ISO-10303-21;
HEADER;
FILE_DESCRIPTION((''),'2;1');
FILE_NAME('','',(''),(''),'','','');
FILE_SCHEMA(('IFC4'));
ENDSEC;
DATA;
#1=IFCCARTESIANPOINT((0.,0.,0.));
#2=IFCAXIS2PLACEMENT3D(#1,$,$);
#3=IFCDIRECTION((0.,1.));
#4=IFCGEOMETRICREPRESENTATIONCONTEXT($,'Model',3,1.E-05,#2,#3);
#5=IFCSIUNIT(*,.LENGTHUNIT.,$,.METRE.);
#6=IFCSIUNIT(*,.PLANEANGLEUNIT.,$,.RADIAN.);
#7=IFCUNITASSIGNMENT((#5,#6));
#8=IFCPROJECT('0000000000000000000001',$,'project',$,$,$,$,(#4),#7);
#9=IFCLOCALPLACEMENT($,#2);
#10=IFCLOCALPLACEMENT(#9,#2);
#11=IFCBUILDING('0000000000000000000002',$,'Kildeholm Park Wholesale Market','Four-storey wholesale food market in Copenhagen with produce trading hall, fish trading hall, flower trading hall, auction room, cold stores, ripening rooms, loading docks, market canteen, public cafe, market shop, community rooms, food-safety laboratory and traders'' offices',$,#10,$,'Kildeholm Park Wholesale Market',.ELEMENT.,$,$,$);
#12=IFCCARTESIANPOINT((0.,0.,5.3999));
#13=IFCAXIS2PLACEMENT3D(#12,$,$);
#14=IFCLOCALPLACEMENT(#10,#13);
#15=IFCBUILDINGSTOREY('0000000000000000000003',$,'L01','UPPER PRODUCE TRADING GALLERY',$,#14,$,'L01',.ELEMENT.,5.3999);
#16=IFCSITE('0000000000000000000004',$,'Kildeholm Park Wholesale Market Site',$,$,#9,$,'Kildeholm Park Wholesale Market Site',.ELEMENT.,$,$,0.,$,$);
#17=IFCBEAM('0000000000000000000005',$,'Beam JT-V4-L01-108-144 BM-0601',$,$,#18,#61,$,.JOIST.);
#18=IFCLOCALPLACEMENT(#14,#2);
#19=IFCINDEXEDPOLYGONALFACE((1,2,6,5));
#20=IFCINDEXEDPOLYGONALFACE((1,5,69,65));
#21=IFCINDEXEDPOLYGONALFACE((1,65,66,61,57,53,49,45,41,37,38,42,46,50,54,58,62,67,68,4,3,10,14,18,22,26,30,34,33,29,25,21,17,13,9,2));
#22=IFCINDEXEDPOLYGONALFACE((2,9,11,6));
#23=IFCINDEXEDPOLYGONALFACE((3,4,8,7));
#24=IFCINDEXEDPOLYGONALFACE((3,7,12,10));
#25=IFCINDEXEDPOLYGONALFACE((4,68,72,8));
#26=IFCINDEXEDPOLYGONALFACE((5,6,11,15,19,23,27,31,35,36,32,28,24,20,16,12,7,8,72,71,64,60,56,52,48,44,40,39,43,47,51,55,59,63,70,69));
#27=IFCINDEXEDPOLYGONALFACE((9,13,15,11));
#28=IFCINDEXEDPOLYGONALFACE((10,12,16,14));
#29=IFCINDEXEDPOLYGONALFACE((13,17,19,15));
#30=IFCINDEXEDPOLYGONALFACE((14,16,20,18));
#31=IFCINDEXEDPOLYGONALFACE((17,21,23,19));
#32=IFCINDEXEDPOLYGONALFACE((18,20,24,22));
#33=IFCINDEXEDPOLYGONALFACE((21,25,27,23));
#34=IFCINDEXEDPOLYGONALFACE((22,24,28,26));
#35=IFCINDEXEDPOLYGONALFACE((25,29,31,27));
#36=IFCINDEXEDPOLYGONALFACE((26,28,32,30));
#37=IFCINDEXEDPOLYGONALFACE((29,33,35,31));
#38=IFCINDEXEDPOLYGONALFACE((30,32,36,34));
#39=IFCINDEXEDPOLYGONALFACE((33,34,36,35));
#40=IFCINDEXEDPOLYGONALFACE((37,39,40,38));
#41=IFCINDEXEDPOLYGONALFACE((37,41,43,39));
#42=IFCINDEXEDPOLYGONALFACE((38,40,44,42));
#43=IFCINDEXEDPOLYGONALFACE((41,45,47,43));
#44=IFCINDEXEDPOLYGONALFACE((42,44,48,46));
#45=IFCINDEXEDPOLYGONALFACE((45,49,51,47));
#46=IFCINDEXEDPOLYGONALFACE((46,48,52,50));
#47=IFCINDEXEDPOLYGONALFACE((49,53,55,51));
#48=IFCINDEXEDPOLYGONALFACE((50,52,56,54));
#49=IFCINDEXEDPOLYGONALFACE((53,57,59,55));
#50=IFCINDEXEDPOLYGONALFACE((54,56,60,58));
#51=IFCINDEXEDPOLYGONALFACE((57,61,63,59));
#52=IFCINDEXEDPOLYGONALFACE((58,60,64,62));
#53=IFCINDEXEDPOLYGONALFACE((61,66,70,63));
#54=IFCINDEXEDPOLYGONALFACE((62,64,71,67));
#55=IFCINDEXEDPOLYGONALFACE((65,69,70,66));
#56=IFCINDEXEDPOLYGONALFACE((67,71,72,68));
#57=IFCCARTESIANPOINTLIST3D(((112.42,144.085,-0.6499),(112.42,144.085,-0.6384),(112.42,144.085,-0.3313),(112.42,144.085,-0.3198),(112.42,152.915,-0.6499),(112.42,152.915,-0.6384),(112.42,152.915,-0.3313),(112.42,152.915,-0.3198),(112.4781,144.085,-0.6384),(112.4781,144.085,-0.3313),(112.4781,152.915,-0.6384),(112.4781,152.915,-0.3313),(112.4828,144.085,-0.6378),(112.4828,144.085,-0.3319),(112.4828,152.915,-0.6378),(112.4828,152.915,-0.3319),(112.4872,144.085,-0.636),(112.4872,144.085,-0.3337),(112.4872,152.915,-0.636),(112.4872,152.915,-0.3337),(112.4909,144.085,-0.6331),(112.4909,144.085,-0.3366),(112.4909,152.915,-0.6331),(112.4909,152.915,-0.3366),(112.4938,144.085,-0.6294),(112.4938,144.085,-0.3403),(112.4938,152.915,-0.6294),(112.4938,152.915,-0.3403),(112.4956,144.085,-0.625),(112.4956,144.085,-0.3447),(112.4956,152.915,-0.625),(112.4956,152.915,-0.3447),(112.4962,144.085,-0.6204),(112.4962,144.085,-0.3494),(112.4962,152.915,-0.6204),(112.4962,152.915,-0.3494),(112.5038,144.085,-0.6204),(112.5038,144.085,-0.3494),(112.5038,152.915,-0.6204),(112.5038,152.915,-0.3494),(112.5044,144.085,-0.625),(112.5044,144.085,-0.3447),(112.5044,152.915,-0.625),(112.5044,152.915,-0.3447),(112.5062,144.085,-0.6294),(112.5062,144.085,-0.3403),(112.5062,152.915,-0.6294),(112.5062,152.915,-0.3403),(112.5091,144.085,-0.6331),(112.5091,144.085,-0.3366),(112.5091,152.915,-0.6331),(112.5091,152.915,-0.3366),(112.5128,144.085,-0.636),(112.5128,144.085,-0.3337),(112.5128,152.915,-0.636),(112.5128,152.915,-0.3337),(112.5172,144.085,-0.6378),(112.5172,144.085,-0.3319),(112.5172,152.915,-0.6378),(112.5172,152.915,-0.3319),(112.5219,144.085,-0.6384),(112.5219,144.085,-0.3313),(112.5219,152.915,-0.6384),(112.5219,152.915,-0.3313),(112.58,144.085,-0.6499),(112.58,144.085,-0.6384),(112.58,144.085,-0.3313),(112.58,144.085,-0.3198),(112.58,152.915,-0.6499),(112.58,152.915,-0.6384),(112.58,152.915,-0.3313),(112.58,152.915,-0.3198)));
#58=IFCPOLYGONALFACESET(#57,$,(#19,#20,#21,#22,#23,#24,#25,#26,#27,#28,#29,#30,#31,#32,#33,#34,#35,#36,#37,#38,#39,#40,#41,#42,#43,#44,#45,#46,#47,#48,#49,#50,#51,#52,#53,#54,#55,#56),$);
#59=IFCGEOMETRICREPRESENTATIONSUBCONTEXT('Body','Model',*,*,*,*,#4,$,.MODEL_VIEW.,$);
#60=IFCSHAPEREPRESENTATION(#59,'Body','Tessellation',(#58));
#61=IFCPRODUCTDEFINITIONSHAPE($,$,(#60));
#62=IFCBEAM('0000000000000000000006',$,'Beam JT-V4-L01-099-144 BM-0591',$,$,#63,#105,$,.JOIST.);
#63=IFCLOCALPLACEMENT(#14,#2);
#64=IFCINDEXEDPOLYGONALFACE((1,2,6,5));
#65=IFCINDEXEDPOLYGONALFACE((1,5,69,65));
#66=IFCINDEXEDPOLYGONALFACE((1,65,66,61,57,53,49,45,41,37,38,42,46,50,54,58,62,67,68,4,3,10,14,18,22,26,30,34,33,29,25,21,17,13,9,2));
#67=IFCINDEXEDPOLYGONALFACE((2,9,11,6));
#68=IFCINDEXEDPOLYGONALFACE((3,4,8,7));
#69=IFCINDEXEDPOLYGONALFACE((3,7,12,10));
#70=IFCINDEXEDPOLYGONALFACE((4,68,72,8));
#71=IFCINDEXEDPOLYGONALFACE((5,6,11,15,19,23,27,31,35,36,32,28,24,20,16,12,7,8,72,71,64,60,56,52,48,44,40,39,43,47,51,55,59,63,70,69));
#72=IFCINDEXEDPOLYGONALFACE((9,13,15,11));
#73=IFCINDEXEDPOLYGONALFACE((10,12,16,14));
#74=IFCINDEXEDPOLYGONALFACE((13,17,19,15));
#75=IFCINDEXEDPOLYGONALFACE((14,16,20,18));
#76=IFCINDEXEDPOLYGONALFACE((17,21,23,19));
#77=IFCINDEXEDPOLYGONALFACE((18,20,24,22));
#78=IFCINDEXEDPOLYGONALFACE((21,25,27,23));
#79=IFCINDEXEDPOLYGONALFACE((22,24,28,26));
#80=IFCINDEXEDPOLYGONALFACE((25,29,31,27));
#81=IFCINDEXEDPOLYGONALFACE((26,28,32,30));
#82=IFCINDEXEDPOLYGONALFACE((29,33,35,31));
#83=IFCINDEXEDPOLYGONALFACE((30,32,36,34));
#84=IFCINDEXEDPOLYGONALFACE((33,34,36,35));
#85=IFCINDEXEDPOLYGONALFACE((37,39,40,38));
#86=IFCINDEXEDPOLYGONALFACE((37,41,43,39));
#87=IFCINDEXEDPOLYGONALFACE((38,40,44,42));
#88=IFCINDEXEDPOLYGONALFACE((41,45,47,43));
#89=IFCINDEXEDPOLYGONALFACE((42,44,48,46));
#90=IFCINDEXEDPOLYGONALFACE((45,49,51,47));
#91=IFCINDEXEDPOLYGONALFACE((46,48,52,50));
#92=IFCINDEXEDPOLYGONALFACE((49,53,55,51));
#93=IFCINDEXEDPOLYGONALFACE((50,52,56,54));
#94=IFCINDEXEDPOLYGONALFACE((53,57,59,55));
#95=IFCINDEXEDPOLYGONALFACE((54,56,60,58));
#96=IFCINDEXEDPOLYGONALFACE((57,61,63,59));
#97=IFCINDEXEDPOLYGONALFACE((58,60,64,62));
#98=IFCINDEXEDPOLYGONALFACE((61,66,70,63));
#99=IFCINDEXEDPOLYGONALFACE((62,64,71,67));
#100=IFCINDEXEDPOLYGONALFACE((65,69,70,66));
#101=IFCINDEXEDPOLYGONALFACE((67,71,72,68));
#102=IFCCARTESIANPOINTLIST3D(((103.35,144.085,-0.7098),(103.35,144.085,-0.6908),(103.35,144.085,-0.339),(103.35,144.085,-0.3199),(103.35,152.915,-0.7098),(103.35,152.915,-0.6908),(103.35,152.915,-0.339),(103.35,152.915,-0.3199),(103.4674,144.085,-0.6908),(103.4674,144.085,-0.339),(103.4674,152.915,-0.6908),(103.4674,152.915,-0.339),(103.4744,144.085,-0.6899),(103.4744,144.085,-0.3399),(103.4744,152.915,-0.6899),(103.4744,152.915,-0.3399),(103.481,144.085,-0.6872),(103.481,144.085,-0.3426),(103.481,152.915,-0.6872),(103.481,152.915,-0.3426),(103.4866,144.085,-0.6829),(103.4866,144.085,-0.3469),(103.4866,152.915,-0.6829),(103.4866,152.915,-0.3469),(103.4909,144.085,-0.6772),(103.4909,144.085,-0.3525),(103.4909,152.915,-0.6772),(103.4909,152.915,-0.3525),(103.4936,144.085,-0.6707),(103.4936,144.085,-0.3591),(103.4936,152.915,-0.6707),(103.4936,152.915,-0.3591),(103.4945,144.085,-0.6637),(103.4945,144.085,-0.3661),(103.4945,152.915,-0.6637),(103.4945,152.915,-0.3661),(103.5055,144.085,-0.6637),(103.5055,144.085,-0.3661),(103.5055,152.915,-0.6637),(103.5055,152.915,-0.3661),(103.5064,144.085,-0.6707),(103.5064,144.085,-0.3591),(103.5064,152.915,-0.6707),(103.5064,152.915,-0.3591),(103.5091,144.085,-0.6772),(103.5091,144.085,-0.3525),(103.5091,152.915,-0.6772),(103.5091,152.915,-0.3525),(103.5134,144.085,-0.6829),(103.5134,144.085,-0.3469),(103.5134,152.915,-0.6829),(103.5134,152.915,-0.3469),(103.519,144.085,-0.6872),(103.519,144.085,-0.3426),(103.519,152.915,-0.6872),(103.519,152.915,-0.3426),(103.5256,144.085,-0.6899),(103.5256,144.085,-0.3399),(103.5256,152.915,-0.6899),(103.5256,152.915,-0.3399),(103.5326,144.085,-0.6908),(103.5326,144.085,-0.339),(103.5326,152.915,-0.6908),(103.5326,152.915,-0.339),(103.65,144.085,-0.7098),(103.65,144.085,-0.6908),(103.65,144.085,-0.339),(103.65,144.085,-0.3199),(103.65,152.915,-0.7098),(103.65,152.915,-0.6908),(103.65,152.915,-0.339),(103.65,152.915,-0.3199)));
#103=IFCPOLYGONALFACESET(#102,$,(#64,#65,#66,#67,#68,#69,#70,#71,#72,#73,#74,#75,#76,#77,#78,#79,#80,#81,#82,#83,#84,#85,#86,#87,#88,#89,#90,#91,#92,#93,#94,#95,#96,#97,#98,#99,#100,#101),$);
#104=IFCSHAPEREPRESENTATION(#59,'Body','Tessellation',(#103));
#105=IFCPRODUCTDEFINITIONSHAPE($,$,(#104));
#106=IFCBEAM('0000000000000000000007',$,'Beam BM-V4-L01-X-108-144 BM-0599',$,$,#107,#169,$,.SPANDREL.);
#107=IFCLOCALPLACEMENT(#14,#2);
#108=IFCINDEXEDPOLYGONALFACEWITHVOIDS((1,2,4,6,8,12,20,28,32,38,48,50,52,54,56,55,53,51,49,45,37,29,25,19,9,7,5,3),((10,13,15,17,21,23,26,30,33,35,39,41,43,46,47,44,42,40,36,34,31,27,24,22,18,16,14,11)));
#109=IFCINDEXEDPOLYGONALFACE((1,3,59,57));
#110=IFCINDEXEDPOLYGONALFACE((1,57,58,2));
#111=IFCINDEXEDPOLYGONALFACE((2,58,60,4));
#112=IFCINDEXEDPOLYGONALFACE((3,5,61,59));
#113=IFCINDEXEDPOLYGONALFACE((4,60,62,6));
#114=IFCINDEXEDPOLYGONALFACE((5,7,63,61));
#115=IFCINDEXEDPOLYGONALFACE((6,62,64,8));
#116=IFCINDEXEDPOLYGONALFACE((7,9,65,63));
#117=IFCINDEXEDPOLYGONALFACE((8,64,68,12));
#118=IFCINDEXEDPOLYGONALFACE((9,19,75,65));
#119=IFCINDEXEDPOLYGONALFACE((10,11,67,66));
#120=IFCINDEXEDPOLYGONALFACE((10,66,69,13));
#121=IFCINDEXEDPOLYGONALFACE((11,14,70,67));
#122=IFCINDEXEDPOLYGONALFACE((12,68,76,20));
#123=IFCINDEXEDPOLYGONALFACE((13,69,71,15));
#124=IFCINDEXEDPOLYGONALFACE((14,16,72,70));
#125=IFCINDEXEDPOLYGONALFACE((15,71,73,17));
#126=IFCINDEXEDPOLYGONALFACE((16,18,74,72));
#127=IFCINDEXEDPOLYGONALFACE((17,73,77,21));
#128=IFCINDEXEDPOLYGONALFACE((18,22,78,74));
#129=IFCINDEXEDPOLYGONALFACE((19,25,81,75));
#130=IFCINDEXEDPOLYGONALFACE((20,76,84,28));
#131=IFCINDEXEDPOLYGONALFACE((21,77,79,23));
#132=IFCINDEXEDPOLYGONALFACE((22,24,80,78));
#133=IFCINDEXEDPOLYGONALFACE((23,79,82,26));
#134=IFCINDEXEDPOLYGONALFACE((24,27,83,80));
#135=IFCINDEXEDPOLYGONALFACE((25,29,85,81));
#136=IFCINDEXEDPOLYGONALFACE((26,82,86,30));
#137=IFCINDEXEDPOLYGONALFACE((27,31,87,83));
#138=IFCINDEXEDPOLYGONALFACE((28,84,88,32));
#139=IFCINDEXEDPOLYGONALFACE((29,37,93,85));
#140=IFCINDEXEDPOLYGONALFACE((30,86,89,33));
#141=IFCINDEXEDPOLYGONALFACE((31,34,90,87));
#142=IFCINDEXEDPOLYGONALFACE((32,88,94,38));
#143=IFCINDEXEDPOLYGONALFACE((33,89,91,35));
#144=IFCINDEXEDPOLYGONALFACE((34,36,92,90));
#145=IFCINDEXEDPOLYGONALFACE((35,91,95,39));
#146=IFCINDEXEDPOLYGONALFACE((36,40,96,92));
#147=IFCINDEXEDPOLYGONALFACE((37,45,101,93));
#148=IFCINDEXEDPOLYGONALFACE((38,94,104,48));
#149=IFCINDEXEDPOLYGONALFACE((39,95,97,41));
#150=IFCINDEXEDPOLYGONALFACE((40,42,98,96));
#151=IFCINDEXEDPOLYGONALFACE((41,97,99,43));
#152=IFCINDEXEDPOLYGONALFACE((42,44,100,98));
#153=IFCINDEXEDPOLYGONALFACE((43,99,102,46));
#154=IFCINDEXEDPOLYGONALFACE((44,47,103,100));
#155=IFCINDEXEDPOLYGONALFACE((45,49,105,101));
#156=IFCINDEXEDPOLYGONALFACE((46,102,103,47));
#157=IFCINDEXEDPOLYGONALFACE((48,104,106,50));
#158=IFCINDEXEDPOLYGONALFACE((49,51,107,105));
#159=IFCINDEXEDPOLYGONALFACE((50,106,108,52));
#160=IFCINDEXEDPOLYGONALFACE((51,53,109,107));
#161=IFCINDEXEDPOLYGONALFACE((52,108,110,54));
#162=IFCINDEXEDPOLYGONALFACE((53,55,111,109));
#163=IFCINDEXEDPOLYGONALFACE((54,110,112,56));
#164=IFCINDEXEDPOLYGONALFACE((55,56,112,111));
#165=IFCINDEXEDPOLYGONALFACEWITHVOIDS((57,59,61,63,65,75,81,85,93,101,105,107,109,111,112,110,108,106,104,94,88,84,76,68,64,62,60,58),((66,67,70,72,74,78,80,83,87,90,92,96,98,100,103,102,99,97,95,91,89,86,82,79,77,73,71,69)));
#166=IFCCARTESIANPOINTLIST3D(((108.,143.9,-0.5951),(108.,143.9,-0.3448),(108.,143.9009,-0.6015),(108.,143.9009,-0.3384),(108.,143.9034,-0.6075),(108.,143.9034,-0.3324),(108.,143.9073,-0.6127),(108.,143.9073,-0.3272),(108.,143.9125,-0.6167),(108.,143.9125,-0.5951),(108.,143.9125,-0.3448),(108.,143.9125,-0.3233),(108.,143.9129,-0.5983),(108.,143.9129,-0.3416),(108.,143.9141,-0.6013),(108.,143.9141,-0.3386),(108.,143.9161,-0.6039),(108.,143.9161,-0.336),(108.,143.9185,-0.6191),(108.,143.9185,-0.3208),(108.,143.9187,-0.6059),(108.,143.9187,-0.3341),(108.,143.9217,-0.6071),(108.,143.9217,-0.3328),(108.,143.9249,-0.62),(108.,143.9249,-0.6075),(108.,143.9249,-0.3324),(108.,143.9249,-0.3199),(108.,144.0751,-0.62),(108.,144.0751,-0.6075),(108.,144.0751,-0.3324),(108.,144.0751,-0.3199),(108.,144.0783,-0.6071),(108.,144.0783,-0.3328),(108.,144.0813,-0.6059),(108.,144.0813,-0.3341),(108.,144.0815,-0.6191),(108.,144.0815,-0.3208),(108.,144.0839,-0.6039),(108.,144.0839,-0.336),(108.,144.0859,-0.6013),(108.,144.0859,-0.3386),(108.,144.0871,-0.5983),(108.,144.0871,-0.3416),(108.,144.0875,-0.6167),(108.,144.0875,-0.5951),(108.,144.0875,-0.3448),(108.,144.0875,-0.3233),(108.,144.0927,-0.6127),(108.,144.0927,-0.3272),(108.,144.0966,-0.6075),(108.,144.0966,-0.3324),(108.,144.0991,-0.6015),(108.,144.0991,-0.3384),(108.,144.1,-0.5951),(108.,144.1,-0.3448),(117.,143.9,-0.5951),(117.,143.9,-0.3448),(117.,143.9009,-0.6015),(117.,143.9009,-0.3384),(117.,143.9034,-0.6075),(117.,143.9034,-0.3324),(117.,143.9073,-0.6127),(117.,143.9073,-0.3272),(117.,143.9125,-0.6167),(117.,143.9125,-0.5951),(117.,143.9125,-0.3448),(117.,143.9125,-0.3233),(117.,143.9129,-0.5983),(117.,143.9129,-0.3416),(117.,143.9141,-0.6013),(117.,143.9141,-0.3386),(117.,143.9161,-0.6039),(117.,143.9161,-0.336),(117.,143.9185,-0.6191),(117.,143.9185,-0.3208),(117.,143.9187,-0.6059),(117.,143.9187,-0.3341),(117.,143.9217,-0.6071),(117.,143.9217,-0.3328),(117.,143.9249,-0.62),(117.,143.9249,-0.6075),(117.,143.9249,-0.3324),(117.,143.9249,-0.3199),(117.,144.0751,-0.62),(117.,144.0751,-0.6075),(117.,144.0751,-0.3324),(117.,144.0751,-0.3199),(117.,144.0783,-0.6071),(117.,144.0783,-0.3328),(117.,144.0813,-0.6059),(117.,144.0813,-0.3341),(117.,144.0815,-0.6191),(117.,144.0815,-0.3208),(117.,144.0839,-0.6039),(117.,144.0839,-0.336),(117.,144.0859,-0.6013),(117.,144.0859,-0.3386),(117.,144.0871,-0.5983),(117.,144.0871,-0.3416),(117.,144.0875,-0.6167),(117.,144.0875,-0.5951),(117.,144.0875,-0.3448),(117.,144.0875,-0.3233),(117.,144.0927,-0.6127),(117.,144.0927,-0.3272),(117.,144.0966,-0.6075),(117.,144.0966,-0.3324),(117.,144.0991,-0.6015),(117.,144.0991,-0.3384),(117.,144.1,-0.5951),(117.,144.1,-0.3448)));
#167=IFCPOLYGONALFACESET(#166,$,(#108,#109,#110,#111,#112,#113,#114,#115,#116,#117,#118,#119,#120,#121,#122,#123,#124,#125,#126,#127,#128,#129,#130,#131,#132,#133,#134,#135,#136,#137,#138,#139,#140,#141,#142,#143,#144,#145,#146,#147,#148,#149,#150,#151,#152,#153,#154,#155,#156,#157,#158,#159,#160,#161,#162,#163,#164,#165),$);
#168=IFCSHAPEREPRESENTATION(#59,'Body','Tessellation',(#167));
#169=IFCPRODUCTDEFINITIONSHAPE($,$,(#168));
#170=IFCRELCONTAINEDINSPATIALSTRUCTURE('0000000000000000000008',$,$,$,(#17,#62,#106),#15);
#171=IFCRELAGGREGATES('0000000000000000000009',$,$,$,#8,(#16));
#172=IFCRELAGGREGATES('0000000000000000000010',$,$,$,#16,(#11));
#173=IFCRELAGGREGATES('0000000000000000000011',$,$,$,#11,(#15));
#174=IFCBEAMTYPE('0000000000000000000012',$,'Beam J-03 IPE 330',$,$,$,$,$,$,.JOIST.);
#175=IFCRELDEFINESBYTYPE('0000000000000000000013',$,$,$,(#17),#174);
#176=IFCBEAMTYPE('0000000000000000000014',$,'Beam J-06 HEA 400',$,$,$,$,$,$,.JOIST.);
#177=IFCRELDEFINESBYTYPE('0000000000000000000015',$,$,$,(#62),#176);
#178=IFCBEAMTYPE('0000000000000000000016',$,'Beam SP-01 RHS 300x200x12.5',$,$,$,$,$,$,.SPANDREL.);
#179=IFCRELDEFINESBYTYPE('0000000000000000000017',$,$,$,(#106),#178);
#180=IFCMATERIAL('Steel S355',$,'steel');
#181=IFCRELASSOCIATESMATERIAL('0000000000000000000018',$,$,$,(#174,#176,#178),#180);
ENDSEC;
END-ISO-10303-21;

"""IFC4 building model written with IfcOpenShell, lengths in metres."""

from ifc_helpers import new_model, si_unit, direction, frame, origin, origin_2d, place, context, subcontext, project, spatial, hollow_rectangle, i_section, extrude, material, material_profile, profile_set, type_object, element, save


model = new_model("IFC4")

# Units and contexts
model_context = context("Model", 3, precision=1e-05, world=origin(), true_north=direction((0.0, 1.0)))
body_context = subcontext(model_context, "Body", "Model", "MODEL_VIEW")
ifc_project = project(units=[si_unit("LENGTHUNIT", "METRE"), si_unit("PLANEANGLEUNIT", "RADIAN")], contexts=[model_context])

# Site, building, storey
site_placement = place(None, origin())
site = spatial("IfcSite", under=ifc_project, at=site_placement, Name="Kildeholm Park Wholesale Market Site", LongName="Kildeholm Park Wholesale Market Site", CompositionType="ELEMENT", RefElevation=0.0)
building_placement = place(site_placement, origin())
building = spatial("IfcBuilding", under=site, at=building_placement, Name="Kildeholm Park Wholesale Market", Description="Four-storey wholesale food market in Copenhagen with produce trading hall, fish trading hall, flower trading hall, auction room, cold stores, ripening rooms, loading docks, market canteen, public cafe, market shop, community rooms, food-safety laboratory and traders' offices", LongName="Kildeholm Park Wholesale Market", CompositionType="ELEMENT")
storey_placement = place(building_placement, frame((0.0, 0.0, 5.3999)))
storey = spatial("IfcBuildingStorey", under=building, at=storey_placement, Name="L01", Description="UPPER PRODUCE TRADING GALLERY", LongName="L01", CompositionType="ELEMENT", Elevation=5.3999)

# Beams
ifc_material_1 = material(Name="Steel S355", Category="steel")
ifc_material_profile_1 = material_profile(ifc_material_1, i_section(OverallWidth=0.1599, OverallDepth=0.3301, WebThickness=0.0076, FlangeThickness=0.0115, FilletRadius=0.0181, at=origin_2d()), Name="IPE 330")
ifc_profile_set_1 = profile_set([ifc_material_profile_1], Name="Steel S355")
beam_type_1 = type_object("IfcBeamType", Name="Beam J-03 IPE 330", PredefinedType="JOIST", material=ifc_profile_set_1)
beam_1_placement = place(storey_placement, frame((112.5, 144.085, -0.4849), z_axis=(0.0, 1.0, 0.0), x_axis=(-1.0, 0.0, 0.0)))
element("IfcBeam", 1, at=beam_1_placement, inside=storey, type_object=beam_type_1, Name="Beam JT-V4-L01-108-144 BM-0601", PredefinedType="JOIST", context=body_context, shape_type="SweptSolid", body=[
    extrude(i_section(OverallWidth=0.1599, OverallDepth=0.3301, WebThickness=0.0076, FlangeThickness=0.0115, FilletRadius=0.0181, at=origin_2d()), origin(), (0.0, 0.0, 1.0), 8.8301),
])
ifc_material_profile_2 = material_profile(ifc_material_1, i_section(OverallWidth=0.3, OverallDepth=0.3899, WebThickness=0.011, FlangeThickness=0.019, FilletRadius=0.0271, at=origin_2d()), Name="HEA 400")
ifc_profile_set_2 = profile_set([ifc_material_profile_2], Name="Steel S355")
beam_type_2 = type_object("IfcBeamType", Name="Beam J-06 HEA 400", PredefinedType="JOIST", material=ifc_profile_set_2)
beam_2_placement = place(storey_placement, frame((103.5, 144.085, -0.5149), z_axis=(0.0, 1.0, 0.0), x_axis=(-1.0, 0.0, 0.0)))
element("IfcBeam", 2, at=beam_2_placement, inside=storey, type_object=beam_type_2, Name="Beam JT-V4-L01-099-144 BM-0591", PredefinedType="JOIST", context=body_context, shape_type="SweptSolid", body=[
    extrude(i_section(OverallWidth=0.3, OverallDepth=0.3899, WebThickness=0.011, FlangeThickness=0.019, FilletRadius=0.0271, at=origin_2d()), origin(), (0.0, 0.0, 1.0), 8.8301),
])
ifc_material_profile_3 = material_profile(ifc_material_1, hollow_rectangle(XDim=0.2, YDim=0.3, WallThickness=0.0125, InnerFilletRadius=0.0125, OuterFilletRadius=0.0249, at=origin_2d()), Name="RHS 300x200x12.5")
ifc_profile_set_3 = profile_set([ifc_material_profile_3], Name="Steel S355")
beam_type_3 = type_object("IfcBeamType", Name="Beam SP-01 RHS 300x200x12.5", PredefinedType="SPANDREL", material=ifc_profile_set_3)
for number, where, z_axis, x_axis, name in (
    (3, (108.0, 144.0, -0.47), (1.0, 0.0, 0.0), (0.0, 1.0, 0.0), "Beam BM-V4-L01-X-108-144 BM-0599"),
):
    element("IfcBeam", number, at=place(storey_placement, frame(where, z_axis=z_axis, x_axis=x_axis)), inside=storey, type_object=beam_type_3, Name=name, PredefinedType="SPANDREL", context=body_context, shape_type="SweptSolid", body=[
        extrude(hollow_rectangle(XDim=0.2, YDim=0.3, WallThickness=0.0125, InnerFilletRadius=0.0125, OuterFilletRadius=0.0249, at=origin_2d()), origin(), (0.0, 0.0, 1.0), 9.0),
    ])

save(model, "model.ifc")
